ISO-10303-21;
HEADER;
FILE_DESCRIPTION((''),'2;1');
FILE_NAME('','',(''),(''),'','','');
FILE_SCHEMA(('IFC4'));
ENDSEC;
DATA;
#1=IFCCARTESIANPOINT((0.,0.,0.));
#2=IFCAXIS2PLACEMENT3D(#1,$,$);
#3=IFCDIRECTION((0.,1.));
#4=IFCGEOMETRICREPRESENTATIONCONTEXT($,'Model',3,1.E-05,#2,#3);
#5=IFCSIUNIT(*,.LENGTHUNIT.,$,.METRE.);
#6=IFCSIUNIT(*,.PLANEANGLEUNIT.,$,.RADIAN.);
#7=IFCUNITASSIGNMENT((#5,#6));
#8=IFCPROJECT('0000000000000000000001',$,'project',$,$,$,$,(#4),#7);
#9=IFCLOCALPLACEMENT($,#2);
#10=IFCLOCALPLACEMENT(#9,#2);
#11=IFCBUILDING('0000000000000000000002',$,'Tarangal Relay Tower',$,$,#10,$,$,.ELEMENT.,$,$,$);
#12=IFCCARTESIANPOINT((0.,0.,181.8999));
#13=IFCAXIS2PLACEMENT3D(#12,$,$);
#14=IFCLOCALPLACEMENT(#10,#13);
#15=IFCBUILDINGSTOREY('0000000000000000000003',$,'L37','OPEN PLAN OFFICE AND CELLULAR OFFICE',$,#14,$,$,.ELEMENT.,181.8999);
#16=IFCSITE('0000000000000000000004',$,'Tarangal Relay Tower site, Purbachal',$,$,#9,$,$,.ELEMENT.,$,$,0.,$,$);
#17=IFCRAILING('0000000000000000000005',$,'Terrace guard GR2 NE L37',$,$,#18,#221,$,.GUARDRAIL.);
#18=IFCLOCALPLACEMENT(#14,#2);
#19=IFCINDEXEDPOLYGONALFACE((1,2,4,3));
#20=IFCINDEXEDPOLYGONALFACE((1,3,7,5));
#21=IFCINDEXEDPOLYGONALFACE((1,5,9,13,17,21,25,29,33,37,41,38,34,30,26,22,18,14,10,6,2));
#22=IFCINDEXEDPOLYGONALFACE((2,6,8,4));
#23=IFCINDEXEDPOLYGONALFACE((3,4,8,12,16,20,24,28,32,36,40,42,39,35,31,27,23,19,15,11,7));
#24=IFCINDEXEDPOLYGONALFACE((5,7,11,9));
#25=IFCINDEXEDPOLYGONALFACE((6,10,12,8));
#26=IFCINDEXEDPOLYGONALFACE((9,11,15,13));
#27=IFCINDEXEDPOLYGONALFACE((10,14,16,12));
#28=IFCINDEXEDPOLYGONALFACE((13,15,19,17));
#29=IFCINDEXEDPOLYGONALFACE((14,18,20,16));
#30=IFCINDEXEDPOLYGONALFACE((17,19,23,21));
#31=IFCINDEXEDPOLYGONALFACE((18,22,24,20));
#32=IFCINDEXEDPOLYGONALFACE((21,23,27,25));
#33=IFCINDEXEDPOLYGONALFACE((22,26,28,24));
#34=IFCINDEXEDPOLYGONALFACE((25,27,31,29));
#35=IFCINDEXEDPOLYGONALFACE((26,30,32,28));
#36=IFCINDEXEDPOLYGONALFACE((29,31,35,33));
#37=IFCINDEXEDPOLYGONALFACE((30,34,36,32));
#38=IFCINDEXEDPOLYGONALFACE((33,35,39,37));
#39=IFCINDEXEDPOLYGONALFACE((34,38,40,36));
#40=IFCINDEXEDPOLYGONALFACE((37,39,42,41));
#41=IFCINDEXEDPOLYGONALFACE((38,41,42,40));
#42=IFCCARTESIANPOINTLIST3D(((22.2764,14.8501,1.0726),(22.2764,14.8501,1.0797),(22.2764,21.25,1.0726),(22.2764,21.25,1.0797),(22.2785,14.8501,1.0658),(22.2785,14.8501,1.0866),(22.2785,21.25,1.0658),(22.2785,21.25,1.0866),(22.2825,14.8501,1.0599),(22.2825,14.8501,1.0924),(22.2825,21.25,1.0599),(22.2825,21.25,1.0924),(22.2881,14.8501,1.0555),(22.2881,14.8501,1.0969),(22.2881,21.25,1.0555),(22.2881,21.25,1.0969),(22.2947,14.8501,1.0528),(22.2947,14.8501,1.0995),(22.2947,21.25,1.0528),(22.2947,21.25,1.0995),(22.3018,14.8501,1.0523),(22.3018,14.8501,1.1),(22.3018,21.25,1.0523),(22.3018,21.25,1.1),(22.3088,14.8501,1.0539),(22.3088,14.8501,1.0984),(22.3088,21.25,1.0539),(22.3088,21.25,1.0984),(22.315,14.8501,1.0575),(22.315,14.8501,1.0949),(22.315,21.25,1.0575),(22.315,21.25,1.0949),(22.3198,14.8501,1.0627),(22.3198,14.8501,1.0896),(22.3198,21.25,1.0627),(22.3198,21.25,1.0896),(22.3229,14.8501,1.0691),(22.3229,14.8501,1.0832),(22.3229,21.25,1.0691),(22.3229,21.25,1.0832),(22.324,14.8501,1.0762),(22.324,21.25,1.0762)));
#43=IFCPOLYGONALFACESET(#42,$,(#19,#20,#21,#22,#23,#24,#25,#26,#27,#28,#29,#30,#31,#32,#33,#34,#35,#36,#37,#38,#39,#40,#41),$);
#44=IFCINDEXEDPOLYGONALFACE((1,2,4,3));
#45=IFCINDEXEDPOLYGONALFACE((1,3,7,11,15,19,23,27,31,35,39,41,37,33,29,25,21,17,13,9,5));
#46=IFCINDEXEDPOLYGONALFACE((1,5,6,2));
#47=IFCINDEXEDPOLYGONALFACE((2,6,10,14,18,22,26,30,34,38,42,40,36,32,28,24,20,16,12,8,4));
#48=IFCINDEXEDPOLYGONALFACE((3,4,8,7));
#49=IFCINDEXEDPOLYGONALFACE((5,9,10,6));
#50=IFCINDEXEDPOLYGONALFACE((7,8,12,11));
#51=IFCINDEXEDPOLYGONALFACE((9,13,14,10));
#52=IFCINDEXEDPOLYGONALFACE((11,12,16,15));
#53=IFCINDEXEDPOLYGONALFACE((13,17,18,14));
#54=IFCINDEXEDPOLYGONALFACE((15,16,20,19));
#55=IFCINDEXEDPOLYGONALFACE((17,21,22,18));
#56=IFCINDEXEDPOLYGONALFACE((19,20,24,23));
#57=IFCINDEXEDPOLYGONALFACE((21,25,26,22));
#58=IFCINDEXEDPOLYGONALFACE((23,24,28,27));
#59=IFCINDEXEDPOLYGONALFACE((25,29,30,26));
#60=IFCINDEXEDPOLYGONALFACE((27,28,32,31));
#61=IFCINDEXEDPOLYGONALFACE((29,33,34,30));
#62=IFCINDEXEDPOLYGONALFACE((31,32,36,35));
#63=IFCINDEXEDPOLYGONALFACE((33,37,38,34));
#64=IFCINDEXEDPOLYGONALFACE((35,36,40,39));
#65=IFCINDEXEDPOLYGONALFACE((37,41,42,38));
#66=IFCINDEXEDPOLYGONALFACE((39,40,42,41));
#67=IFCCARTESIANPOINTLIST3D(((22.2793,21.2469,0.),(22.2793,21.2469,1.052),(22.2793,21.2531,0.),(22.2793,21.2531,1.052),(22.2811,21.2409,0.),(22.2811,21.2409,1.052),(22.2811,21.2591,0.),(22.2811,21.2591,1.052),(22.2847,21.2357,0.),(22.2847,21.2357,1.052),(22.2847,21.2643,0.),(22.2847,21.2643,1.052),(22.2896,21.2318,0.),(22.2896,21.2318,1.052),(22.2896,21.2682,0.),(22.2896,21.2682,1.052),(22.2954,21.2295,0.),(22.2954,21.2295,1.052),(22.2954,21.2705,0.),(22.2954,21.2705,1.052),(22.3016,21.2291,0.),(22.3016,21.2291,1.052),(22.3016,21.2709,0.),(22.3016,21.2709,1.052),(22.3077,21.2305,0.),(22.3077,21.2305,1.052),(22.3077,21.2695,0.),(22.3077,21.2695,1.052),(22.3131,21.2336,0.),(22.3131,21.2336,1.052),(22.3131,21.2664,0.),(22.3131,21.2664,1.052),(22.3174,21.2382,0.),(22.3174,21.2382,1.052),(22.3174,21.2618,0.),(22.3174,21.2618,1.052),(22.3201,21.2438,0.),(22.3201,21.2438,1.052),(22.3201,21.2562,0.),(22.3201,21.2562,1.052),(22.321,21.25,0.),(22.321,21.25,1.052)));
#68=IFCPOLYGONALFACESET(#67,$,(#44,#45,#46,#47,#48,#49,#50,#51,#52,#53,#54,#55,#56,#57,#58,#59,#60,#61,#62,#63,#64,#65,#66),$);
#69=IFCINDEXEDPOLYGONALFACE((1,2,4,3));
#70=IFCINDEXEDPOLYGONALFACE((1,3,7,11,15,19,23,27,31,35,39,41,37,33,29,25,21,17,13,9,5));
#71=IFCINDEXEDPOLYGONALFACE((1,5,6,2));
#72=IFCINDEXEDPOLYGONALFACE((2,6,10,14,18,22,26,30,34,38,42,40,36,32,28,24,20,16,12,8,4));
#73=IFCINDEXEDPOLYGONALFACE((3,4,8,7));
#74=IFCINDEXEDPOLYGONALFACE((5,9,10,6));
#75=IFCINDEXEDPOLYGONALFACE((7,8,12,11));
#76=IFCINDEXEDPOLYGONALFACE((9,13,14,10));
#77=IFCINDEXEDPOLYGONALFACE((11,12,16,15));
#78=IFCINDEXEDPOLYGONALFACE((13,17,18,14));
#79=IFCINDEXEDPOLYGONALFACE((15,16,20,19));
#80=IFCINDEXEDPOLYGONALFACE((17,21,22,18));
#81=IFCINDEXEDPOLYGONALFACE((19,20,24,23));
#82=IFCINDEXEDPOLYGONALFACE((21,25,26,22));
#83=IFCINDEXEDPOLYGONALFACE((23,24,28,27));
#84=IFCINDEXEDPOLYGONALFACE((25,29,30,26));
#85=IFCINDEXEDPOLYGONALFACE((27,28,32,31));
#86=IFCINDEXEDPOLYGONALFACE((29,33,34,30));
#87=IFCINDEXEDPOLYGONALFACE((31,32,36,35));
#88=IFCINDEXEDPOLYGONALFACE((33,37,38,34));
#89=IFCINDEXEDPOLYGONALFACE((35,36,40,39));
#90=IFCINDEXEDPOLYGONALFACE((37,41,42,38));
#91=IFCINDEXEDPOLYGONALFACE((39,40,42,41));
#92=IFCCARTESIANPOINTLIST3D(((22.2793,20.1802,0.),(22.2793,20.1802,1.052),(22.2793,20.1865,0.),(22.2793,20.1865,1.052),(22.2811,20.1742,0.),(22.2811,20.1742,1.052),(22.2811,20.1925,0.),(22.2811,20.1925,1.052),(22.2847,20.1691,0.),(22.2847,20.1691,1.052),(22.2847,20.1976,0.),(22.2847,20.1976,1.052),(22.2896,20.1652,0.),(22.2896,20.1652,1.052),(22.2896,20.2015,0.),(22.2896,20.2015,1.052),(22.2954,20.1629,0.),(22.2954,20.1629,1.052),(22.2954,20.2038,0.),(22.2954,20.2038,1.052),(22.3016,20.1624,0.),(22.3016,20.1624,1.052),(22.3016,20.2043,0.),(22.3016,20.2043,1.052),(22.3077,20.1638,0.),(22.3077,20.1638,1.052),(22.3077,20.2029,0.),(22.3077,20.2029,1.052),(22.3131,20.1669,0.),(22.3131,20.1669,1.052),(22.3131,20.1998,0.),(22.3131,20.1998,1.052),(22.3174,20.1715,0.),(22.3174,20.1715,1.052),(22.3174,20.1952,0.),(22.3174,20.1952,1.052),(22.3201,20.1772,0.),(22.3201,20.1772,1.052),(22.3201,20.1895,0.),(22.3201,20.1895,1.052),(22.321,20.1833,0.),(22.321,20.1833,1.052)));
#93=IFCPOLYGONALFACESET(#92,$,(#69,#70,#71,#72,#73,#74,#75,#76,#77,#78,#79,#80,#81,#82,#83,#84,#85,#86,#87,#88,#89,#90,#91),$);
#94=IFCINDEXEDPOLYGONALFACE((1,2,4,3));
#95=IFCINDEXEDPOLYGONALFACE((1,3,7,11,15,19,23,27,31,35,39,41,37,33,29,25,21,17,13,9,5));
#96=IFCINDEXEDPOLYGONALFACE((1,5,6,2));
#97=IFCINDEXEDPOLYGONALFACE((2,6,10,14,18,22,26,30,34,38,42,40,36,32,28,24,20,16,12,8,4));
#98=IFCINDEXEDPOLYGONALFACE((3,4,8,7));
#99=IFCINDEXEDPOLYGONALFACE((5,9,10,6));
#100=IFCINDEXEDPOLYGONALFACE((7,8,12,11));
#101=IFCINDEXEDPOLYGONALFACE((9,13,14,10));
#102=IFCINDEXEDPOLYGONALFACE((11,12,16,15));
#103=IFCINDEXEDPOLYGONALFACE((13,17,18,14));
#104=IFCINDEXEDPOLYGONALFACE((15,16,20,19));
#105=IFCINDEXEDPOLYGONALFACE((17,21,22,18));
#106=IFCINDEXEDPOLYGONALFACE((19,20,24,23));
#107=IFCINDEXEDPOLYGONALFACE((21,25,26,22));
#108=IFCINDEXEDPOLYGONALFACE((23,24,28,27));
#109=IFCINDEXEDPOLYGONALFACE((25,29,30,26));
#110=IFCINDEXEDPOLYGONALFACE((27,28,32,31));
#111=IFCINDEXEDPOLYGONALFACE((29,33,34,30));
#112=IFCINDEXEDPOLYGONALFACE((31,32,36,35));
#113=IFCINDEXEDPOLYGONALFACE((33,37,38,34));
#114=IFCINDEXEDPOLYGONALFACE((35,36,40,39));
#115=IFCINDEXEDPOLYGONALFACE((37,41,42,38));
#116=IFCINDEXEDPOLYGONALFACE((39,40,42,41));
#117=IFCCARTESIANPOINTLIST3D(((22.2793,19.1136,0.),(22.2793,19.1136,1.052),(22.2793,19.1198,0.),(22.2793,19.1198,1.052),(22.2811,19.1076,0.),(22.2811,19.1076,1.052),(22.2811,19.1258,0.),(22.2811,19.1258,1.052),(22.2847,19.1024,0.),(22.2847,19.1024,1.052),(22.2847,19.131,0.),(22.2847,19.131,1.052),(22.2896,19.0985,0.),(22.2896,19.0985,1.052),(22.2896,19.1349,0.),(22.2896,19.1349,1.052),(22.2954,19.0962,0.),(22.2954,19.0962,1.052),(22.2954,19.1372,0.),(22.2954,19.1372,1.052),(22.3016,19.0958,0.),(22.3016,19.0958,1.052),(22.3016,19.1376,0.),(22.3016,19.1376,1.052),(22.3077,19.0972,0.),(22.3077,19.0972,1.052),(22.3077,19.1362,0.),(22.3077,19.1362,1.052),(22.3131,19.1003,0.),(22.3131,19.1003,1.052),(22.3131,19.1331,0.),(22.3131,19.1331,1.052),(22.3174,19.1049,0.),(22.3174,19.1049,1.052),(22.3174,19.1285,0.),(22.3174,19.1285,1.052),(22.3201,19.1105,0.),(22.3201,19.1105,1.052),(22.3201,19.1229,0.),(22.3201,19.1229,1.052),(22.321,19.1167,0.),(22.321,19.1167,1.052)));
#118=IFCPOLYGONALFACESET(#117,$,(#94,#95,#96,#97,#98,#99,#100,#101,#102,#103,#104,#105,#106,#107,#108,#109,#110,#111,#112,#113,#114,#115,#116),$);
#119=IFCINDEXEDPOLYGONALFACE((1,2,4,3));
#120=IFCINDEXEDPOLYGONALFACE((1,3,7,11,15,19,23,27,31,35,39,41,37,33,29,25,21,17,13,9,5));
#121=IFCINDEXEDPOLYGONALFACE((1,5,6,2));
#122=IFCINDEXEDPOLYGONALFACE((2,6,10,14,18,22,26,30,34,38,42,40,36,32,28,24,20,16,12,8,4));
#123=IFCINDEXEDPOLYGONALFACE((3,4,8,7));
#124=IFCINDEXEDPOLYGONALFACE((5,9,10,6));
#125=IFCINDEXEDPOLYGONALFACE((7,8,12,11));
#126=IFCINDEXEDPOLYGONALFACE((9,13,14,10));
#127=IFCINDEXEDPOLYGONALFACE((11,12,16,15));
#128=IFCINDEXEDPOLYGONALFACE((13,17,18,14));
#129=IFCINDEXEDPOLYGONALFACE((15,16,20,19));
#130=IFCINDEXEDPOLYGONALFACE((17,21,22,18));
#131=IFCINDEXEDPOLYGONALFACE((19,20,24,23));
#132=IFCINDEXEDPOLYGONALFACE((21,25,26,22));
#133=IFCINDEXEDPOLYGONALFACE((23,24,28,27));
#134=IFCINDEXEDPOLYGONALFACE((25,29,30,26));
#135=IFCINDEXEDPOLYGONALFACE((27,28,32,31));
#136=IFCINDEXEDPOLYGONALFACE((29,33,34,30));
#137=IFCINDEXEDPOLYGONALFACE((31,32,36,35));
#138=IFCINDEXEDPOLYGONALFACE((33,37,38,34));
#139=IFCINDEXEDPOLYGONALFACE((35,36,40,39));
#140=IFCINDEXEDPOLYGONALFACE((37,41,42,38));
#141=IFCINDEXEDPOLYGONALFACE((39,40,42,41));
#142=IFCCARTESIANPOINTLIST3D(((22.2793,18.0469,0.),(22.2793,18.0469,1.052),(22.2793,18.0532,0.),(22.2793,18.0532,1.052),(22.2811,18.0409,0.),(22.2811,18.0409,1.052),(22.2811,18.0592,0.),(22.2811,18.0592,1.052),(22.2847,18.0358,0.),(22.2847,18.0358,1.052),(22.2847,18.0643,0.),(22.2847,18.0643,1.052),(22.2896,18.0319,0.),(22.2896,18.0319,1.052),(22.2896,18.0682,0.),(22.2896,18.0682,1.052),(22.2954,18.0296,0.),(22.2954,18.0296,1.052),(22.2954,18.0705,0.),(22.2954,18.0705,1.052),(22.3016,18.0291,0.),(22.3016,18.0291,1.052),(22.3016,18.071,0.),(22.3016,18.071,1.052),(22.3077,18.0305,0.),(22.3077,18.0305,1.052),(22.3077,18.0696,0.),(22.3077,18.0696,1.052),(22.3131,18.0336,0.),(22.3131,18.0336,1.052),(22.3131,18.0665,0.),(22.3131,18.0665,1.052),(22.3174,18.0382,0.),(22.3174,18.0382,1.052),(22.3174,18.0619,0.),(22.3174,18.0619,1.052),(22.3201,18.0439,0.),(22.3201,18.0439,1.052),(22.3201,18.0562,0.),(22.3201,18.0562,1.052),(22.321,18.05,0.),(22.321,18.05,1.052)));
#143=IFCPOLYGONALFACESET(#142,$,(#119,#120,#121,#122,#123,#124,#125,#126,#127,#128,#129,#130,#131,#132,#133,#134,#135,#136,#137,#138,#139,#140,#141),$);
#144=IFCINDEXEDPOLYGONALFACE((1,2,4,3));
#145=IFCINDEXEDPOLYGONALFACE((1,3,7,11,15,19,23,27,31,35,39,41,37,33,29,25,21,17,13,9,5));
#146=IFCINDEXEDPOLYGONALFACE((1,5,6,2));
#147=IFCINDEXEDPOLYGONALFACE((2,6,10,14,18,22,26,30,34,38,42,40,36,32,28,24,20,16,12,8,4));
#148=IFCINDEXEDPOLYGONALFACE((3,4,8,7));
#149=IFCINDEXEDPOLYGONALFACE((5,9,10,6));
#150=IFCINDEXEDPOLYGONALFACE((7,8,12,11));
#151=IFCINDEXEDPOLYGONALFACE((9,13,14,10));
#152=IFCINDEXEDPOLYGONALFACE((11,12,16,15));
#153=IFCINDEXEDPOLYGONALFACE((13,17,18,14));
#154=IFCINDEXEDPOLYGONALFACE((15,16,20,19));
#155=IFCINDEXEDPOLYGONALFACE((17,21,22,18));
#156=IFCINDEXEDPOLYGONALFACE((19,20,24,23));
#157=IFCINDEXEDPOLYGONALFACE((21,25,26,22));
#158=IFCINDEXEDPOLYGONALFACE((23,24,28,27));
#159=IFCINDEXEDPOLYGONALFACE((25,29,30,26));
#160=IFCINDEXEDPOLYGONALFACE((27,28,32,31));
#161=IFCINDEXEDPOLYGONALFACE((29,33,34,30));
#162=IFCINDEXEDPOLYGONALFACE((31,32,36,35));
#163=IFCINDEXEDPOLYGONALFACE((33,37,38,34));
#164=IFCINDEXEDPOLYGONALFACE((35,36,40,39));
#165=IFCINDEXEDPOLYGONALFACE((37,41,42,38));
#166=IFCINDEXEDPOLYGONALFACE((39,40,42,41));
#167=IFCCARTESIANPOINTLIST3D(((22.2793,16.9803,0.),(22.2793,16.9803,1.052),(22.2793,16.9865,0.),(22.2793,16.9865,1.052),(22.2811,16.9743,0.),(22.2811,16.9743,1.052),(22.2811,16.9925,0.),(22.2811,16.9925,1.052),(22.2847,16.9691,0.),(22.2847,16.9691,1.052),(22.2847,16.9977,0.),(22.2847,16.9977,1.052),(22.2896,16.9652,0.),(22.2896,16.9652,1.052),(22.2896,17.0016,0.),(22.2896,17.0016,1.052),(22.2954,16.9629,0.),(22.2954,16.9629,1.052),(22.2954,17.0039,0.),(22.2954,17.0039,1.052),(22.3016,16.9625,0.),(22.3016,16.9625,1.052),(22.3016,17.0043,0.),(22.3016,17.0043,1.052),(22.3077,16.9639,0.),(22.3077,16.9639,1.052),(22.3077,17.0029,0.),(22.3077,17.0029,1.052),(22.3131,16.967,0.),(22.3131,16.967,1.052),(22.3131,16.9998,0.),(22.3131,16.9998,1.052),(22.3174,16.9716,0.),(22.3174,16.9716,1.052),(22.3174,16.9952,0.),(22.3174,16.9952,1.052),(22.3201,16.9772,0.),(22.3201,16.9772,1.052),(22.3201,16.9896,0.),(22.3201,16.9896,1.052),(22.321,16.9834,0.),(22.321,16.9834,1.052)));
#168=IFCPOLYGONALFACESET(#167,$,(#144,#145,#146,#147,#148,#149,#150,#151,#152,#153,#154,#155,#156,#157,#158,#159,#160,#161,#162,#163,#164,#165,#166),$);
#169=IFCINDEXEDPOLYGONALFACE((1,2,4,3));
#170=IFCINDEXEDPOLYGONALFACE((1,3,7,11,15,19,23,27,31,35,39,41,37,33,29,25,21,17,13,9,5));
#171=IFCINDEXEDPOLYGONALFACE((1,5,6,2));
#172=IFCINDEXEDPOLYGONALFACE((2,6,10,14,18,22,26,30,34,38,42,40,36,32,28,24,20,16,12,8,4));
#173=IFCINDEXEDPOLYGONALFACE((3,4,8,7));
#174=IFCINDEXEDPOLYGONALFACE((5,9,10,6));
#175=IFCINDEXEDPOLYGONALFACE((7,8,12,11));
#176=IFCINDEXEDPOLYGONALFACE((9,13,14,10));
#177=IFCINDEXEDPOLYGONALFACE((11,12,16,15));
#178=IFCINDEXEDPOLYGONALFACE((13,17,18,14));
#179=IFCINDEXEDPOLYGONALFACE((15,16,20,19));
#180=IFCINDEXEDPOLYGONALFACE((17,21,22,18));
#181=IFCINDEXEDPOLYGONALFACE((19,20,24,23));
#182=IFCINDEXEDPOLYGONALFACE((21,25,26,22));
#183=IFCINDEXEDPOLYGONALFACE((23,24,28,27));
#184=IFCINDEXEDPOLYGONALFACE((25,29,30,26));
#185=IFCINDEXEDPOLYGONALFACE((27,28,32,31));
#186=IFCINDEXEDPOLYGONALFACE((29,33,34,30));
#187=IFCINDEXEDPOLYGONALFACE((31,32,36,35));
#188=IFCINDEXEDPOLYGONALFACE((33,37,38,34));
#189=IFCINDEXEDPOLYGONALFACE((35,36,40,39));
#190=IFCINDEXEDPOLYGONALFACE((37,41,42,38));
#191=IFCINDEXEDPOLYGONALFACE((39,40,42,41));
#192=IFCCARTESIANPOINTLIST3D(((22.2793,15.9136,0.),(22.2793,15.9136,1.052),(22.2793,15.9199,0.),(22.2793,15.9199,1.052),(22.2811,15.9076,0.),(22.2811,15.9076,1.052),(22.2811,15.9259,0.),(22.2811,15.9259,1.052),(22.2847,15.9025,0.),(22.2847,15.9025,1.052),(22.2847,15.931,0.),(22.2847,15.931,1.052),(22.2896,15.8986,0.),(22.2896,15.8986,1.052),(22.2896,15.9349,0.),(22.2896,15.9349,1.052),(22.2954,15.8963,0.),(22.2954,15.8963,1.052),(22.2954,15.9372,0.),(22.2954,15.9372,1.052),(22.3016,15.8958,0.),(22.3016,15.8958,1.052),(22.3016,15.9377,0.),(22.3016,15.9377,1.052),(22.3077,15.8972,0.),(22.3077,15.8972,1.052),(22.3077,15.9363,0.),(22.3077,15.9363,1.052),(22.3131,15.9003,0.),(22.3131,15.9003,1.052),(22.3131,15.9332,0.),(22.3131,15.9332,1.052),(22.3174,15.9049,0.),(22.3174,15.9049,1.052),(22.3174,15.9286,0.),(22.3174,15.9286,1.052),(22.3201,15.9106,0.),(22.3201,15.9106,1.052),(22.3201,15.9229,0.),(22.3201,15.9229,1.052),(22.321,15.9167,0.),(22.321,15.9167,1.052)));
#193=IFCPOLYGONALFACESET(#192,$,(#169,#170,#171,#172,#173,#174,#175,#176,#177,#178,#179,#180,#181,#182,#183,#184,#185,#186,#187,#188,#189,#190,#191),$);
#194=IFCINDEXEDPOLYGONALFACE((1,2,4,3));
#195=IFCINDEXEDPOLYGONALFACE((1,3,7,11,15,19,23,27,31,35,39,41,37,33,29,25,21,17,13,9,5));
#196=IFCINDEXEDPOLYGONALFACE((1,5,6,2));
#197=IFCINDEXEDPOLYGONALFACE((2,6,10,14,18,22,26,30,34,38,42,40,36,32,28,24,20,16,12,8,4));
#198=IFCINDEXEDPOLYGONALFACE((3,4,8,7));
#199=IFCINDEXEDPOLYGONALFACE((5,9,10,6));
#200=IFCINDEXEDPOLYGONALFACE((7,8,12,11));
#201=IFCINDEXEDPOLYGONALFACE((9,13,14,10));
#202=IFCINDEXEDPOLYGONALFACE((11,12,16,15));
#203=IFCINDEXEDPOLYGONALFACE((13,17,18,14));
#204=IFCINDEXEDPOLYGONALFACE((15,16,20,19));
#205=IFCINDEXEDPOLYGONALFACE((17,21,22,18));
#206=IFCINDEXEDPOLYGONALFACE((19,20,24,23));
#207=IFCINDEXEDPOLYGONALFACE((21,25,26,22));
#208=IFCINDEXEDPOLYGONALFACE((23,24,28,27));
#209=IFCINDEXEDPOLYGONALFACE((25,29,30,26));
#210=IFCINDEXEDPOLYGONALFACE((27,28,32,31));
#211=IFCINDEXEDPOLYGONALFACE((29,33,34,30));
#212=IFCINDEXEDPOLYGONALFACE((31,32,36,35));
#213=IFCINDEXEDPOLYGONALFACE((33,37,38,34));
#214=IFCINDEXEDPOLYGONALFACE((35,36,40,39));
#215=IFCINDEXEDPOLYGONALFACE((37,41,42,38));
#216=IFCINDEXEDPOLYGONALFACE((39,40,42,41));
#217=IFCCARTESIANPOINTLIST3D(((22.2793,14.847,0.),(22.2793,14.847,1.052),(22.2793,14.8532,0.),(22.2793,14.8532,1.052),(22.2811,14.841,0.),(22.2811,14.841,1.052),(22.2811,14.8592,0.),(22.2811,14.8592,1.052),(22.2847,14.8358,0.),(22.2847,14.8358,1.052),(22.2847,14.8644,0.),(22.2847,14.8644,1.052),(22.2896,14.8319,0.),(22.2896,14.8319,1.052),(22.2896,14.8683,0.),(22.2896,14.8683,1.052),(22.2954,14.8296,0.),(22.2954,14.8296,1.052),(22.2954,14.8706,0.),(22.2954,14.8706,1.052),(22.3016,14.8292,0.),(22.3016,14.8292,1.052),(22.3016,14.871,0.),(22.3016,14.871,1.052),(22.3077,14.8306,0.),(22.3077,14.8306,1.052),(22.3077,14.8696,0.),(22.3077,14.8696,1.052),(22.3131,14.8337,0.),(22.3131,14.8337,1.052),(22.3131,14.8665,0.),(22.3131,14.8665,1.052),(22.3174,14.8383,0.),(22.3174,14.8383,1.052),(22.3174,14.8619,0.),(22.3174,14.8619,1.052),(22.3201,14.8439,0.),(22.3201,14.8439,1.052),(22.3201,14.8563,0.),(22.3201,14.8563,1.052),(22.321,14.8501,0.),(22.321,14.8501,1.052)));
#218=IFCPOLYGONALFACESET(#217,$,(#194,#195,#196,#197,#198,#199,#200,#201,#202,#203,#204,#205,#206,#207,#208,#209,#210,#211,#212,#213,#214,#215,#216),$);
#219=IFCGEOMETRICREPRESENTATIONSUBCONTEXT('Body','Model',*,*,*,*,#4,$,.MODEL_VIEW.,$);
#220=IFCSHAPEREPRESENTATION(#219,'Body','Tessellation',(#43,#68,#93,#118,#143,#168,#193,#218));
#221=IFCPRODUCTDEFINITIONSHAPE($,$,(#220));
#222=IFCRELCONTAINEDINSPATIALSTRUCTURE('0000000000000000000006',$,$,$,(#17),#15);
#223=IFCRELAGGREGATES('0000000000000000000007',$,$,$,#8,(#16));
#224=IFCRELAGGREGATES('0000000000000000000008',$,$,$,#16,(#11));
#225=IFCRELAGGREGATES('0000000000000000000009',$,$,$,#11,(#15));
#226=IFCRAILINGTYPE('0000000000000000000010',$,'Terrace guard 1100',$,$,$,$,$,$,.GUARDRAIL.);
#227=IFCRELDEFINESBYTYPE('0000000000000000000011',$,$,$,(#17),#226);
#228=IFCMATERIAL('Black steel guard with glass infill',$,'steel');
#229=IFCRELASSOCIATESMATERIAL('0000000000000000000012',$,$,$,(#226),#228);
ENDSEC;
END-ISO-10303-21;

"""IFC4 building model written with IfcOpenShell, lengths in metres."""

from ifc_helpers import new_model, si_unit, direction, frame, origin, origin_2d, place, context, subcontext, project, spatial, circle, extrude, material, type_object, element, save


model = new_model("IFC4")

# Units and contexts
model_context = context("Model", 3, precision=1e-05, world=origin(), true_north=direction((0.0, 1.0)))
body_context = subcontext(model_context, "Body", "Model", "MODEL_VIEW")
ifc_project = project(units=[si_unit("LENGTHUNIT", "METRE"), si_unit("PLANEANGLEUNIT", "RADIAN")], contexts=[model_context])

# Site, building, storey
site_placement = place(None, origin())
site = spatial("IfcSite", under=ifc_project, at=site_placement, Name="Tarangal Relay Tower site, Purbachal", CompositionType="ELEMENT", RefElevation=0.0)
building_placement = place(site_placement, origin())
building = spatial("IfcBuilding", under=site, at=building_placement, Name="Tarangal Relay Tower", CompositionType="ELEMENT")
storey_placement = place(building_placement, frame((0.0, 0.0, 181.8999)))
storey = spatial("IfcBuildingStorey", under=building, at=storey_placement, Name="L37", Description="OPEN PLAN OFFICE AND CELLULAR OFFICE", CompositionType="ELEMENT", Elevation=181.8999)

# Railing
ifc_material_1 = material(Name="Black steel guard with glass infill", Category="steel")
railing_type = type_object("IfcRailingType", Name="Terrace guard 1100", PredefinedType="GUARDRAIL", material=ifc_material_1)
railing_1_placement = place(storey_placement, frame((22.3, 21.25, 0.0)))
element("IfcRailing", 1, at=railing_1_placement, inside=storey, type_object=railing_type, Name="Terrace guard GR2 NE L37", PredefinedType="GUARDRAIL", context=body_context, shape_type="SweptSolid", body=[
    extrude(circle(Radius=0.0239, at=origin_2d()), frame((0.0, 0.0, 1.0762), z_axis=(0.0, -1.0, 0.0), x_axis=(1.0, 0.0, 0.0)), (0.0, 0.0, 1.0), 6.3999),
    extrude(circle(Radius=0.021, at=origin_2d()), origin(), (0.0, 0.0, 1.0), 1.052),
    extrude(circle(Radius=0.021, at=origin_2d()), frame((0.0, -1.0667, 0.0)), (0.0, 0.0, 1.0), 1.052),
    extrude(circle(Radius=0.021, at=origin_2d()), frame((0.0, -2.1333, 0.0)), (0.0, 0.0, 1.0), 1.052),
    extrude(circle(Radius=0.021, at=origin_2d()), frame((0.0, -3.2, 0.0)), (0.0, 0.0, 1.0), 1.052),
    extrude(circle(Radius=0.021, at=origin_2d()), frame((0.0, -4.2666, 0.0)), (0.0, 0.0, 1.0), 1.052),
    extrude(circle(Radius=0.021, at=origin_2d()), frame((0.0, -5.3333, 0.0)), (0.0, 0.0, 1.0), 1.052),
    extrude(circle(Radius=0.021, at=origin_2d()), frame((0.0, -6.3999, 0.0)), (0.0, 0.0, 1.0), 1.052),
])

save(model, "model.ifc")
